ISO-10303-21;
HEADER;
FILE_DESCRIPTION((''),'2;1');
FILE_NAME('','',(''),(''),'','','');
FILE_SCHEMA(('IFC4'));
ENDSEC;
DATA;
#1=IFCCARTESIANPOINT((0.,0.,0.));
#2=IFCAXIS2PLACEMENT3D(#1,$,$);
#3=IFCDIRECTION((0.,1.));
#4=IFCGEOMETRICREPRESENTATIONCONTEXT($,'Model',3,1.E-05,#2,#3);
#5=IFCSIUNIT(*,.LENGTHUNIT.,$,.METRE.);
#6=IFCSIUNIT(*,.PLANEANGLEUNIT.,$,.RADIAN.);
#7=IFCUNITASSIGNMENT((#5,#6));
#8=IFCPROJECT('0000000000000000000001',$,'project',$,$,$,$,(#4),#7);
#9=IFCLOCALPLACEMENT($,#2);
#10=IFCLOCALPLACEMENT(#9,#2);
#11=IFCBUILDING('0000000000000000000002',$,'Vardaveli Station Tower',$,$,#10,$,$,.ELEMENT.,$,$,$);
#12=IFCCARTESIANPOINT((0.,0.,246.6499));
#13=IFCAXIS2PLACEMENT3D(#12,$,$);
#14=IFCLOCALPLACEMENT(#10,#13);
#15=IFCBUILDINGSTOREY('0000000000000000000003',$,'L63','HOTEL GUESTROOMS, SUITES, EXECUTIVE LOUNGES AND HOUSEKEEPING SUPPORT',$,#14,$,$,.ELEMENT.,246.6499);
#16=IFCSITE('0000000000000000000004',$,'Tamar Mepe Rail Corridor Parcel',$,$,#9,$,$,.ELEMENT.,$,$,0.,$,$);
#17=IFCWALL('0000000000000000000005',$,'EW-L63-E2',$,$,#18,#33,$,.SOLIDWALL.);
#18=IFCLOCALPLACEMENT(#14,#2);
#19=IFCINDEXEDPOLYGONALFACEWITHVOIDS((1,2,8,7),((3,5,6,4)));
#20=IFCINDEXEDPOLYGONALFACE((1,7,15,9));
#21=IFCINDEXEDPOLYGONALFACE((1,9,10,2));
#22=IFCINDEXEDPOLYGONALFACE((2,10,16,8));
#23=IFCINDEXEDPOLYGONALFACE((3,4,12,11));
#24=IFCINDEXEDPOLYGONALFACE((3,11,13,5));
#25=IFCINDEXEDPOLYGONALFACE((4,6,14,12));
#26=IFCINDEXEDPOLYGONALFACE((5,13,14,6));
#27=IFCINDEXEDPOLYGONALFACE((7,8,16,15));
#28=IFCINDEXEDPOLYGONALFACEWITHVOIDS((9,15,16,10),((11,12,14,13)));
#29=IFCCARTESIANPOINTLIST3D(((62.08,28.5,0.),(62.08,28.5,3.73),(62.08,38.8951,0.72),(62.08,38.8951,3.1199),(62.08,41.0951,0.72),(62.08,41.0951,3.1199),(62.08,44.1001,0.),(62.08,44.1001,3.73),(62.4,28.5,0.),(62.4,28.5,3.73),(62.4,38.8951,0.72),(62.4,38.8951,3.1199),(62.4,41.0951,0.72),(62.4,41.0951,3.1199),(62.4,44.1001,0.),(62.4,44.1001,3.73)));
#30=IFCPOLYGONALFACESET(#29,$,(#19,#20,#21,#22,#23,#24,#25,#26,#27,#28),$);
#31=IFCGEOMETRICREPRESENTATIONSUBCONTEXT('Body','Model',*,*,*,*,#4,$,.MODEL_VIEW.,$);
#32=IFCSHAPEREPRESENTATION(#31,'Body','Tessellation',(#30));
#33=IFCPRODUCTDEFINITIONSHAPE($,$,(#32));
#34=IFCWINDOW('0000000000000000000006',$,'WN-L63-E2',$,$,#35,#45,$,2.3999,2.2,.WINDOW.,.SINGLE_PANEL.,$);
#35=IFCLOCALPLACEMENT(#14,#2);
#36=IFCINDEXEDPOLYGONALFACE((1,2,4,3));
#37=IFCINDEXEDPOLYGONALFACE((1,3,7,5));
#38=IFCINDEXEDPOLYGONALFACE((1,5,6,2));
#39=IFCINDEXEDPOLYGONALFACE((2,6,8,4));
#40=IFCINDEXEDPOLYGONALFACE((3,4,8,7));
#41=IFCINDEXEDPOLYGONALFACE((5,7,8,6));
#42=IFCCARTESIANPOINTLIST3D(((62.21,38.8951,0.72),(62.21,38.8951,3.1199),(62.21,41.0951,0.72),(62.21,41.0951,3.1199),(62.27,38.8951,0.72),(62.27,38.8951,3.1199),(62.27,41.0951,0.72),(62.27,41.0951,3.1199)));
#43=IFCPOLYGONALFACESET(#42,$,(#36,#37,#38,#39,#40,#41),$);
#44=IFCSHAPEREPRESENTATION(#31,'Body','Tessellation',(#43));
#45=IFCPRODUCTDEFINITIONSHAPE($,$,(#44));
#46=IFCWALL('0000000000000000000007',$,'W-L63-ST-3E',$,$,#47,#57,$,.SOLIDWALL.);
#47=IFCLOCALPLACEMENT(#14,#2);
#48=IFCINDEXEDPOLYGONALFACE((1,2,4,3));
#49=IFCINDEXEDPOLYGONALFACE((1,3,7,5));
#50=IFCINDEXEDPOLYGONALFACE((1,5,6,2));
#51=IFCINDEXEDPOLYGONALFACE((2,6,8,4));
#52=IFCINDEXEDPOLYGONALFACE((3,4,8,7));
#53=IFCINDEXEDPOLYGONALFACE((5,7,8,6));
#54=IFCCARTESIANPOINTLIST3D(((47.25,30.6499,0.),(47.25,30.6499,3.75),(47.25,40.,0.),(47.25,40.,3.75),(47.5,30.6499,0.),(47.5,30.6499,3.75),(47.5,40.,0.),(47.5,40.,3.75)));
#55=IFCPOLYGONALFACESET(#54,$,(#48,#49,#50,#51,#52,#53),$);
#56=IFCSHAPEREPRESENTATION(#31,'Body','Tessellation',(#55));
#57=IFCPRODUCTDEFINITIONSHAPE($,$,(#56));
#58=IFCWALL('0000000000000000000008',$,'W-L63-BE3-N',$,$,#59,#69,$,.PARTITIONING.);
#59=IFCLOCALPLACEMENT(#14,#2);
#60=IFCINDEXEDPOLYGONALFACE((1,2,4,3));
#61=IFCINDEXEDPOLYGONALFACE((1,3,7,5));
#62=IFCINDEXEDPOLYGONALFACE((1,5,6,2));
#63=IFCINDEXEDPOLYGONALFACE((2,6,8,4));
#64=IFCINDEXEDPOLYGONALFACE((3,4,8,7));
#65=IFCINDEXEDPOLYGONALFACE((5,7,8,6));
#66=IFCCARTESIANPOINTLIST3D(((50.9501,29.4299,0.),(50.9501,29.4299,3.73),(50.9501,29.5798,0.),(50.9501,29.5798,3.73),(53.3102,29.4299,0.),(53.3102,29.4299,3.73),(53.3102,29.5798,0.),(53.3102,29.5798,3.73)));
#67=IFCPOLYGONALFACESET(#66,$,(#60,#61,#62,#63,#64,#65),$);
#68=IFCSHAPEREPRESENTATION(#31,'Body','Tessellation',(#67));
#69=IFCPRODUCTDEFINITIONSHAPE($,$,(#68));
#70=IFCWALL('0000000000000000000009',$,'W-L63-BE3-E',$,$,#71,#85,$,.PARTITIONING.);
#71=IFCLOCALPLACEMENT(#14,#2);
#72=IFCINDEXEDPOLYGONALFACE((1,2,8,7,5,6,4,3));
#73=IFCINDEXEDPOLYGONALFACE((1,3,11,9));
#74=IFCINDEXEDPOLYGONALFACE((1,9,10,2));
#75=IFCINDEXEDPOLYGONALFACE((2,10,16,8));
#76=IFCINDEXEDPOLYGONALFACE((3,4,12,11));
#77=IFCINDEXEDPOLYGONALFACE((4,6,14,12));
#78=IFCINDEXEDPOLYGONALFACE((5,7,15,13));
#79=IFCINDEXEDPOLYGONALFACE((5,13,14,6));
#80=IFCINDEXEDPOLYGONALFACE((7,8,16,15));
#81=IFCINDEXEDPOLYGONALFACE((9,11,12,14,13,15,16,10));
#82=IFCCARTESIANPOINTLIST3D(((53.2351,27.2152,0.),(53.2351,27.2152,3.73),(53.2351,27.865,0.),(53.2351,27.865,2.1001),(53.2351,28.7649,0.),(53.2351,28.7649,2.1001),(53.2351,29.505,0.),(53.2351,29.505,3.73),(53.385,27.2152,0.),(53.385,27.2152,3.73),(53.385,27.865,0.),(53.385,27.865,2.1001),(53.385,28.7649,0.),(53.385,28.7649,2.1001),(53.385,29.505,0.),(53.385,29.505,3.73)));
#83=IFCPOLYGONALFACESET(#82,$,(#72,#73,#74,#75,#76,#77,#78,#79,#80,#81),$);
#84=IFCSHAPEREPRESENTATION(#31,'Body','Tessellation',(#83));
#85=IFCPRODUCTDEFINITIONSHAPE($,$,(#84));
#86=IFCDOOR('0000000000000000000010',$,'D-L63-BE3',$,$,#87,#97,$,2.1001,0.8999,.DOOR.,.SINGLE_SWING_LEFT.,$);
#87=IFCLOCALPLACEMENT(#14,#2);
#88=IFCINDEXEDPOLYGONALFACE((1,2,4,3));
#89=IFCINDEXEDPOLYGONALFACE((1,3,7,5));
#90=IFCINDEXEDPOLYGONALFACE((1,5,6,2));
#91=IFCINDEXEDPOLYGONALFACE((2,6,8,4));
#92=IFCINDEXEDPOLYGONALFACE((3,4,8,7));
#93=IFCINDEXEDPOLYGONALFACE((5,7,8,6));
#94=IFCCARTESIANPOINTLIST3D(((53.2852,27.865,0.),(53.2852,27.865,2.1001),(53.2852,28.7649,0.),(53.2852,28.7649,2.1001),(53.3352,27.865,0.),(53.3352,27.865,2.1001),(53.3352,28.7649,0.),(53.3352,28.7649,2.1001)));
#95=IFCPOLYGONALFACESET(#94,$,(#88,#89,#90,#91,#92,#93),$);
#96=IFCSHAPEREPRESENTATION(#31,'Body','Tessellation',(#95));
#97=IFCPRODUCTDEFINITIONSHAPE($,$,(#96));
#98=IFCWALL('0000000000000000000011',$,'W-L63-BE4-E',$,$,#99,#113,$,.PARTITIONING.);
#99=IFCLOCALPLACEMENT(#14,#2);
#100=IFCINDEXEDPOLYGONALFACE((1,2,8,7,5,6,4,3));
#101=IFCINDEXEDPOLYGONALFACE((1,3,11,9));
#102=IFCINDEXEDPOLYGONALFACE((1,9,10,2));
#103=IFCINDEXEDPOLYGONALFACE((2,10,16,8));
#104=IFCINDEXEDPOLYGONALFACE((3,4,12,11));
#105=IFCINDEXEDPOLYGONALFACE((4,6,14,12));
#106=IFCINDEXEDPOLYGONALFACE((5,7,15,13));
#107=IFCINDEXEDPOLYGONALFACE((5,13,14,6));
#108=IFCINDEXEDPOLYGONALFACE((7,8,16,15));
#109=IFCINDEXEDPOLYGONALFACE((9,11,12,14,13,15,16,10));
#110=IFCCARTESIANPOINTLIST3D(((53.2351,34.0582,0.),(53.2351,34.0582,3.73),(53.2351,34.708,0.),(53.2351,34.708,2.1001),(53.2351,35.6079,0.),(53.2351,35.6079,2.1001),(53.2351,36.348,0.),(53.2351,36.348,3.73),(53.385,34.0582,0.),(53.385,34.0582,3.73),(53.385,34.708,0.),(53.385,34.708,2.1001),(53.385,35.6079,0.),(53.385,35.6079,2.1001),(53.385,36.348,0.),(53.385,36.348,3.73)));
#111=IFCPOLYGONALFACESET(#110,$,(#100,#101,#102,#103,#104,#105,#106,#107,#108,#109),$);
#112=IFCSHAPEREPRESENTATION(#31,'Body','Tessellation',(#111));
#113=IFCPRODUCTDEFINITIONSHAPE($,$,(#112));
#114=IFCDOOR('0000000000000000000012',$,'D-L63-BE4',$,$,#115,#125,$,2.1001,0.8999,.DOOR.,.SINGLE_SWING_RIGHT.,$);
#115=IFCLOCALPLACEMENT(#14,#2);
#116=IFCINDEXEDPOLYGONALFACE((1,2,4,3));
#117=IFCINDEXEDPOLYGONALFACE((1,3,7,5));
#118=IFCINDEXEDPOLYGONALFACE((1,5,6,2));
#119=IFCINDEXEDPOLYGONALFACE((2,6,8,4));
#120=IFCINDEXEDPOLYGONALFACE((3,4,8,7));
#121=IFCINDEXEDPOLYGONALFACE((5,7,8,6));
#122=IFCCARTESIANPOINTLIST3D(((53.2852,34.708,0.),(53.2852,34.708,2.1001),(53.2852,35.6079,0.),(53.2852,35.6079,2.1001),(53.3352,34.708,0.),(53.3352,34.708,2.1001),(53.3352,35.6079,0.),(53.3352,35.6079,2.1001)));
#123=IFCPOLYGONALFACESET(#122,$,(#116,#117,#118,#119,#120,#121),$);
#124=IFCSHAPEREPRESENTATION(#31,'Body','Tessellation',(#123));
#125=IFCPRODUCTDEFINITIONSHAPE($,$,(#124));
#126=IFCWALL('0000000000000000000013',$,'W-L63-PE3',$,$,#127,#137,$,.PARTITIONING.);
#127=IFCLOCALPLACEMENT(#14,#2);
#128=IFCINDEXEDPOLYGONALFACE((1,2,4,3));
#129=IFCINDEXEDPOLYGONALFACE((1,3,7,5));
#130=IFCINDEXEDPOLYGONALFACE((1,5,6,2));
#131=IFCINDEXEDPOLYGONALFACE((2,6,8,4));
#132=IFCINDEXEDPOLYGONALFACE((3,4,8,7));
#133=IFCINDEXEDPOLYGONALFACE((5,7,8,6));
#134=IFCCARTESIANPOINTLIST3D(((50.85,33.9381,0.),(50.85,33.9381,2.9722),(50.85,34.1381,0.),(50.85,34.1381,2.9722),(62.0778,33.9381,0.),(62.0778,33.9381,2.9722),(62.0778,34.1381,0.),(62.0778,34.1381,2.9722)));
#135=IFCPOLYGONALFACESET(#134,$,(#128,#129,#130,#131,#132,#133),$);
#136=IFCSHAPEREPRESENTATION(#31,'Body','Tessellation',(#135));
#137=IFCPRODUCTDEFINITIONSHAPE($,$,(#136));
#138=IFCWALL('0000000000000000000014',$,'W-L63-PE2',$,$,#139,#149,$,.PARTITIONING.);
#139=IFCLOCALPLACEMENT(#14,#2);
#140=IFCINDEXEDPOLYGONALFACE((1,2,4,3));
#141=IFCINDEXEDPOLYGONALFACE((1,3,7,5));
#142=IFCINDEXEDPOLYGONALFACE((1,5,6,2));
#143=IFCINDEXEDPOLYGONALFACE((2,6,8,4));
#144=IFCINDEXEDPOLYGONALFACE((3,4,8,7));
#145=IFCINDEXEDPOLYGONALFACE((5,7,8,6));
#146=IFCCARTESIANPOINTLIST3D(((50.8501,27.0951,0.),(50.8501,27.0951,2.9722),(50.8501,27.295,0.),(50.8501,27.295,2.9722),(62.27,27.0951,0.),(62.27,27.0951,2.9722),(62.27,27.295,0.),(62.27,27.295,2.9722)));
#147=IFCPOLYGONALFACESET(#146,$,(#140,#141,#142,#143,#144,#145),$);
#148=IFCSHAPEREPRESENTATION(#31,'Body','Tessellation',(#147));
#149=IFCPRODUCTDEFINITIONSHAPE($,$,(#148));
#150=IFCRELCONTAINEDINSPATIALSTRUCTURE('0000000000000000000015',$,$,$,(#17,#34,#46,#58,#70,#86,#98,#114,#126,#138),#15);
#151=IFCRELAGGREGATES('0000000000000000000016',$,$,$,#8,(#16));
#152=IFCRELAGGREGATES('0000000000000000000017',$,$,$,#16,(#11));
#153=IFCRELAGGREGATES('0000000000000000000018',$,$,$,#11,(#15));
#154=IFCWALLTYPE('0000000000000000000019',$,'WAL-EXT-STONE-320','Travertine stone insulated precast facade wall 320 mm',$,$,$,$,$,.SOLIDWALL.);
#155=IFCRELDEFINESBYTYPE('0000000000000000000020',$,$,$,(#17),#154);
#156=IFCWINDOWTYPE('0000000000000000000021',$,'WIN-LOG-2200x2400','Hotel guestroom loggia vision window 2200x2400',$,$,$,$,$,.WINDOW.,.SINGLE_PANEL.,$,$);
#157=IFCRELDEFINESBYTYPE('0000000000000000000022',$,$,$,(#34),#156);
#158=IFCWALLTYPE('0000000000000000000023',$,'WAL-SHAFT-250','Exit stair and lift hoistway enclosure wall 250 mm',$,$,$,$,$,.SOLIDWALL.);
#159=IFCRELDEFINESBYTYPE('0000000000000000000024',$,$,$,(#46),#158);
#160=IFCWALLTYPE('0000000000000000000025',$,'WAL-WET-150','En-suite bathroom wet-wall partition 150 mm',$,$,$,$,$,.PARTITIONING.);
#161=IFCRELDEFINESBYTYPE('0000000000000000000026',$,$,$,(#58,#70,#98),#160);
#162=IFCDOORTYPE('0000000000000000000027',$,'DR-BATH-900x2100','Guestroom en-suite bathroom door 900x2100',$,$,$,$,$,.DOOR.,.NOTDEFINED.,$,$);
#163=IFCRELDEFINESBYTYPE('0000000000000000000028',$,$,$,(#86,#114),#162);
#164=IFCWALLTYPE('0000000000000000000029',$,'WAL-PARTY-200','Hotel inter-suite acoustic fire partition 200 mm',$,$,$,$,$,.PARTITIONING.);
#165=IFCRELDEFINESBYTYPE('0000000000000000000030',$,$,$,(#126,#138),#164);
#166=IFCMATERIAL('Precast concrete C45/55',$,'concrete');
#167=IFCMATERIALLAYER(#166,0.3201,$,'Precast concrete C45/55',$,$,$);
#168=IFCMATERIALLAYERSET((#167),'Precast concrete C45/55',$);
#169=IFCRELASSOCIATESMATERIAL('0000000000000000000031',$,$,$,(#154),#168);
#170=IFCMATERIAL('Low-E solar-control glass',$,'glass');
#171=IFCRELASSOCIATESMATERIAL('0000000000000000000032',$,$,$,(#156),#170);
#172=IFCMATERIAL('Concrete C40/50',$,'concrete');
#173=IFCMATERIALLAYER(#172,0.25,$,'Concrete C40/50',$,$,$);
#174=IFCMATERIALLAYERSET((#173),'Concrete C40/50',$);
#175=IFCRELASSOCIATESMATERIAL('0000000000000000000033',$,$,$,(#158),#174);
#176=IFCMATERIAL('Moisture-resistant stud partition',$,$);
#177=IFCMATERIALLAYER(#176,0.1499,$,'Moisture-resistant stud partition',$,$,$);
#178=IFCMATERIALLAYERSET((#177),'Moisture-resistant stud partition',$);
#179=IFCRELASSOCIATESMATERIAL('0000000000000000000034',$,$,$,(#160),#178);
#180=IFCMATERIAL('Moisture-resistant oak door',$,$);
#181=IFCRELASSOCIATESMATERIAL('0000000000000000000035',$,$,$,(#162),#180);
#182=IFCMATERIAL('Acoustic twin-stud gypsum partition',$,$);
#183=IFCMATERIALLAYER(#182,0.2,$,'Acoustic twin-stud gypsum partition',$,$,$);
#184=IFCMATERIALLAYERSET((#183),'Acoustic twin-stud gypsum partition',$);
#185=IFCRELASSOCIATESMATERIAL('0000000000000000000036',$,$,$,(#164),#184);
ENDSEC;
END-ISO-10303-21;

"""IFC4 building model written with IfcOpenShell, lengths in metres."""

from ifc_helpers import new_model, si_unit, direction, frame, frame_2d, origin, place, context, subcontext, project, spatial, rectangle, extrude, source, transform, mapped, material, layer, layer_set, type_object, element, fill, save


model = new_model("IFC4")

# Units and contexts
model_context = context("Model", 3, precision=1e-05, world=origin(), true_north=direction((0.0, 1.0)))
body_context = subcontext(model_context, "Body", "Model", "MODEL_VIEW")
ifc_project = project(units=[si_unit("LENGTHUNIT", "METRE"), si_unit("PLANEANGLEUNIT", "RADIAN")], contexts=[model_context])

# Site, building, storey
site_placement = place(None, origin())
site = spatial("IfcSite", under=ifc_project, at=site_placement, Name="Tamar Mepe Rail Corridor Parcel", CompositionType="ELEMENT", RefElevation=0.0)
building_placement = place(site_placement, origin())
building = spatial("IfcBuilding", under=site, at=building_placement, Name="Vardaveli Station Tower", CompositionType="ELEMENT")
storey_placement = place(building_placement, frame((0.0, 0.0, 246.6499)))
storey = spatial("IfcBuildingStorey", under=building, at=storey_placement, Name="L63", Description="HOTEL GUESTROOMS, SUITES, EXECUTIVE LOUNGES AND HOUSEKEEPING SUPPORT", CompositionType="ELEMENT", Elevation=246.6499)

# Shared definitions
ifc_material_1 = material(Name="Precast concrete C45/55", Category="concrete")

# Wall, opening, window
ifc_layer_1 = layer(ifc_material_1, 0.3201, Name="Precast concrete C45/55")
ifc_layer_set_1 = layer_set([ifc_layer_1], Name="Precast concrete C45/55")
wall_type_1 = type_object("IfcWallType", Name="WAL-EXT-STONE-320", Description="Travertine stone insulated precast facade wall 320 mm", PredefinedType="SOLIDWALL", material=ifc_layer_set_1)
shared_shape_1 = source(origin(), body_context, "Body", "SweptSolid", [
    extrude(rectangle(XDim=15.6001, YDim=0.3201, at=frame_2d((7.8, 0.0))), origin(), (0.0, 0.0, 1.0), 3.73),
])
wall_1_placement = place(storey_placement, frame((62.24, 28.5, 0.0), z_axis=(0.0, 0.0, 1.0), x_axis=(0.0, 1.0, 0.0)))
wall_1 = element("IfcWall", 1, at=wall_1_placement, inside=storey, type_object=wall_type_1, Name="EW-L63-E2", PredefinedType="SOLIDWALL", context=body_context, shape_type="MappedRepresentation", body=[
    mapped(shared_shape_1, transform((0.0, 0.0, 0.0), scale=1.0)),
])
shared_shape_2 = source(origin(), body_context, "Body", "SweptSolid", [
    extrude(rectangle(XDim=2.2, YDim=2.3999, at=frame_2d((1.1001, 1.2))), frame((0.0, 0.1699, 0.0), z_axis=(0.0, -1.0, 0.0), x_axis=(1.0, 0.0, 0.0)), (0.0, 0.0, 1.0), 0.3401),
])
opening_1_placement = place(wall_1_placement, frame((10.395, 0.0, 0.72)))
opening_1 = element("IfcOpeningElement", 2, at=opening_1_placement, cuts=wall_1, PredefinedType="OPENING", context=body_context, shape_type="MappedRepresentation", body=[
    mapped(shared_shape_2, transform((0.0, 0.0, 0.0), scale=1.0)),
])
ifc_material_2 = material(Name="Low-E solar-control glass", Category="glass")
window_type = type_object("IfcWindowType", Name="WIN-LOG-2200x2400", Description="Hotel guestroom loggia vision window 2200x2400", PartitioningType="SINGLE_PANEL", PredefinedType="WINDOW", material=ifc_material_2)
shared_shape_3 = source(origin(), body_context, "Body", "SweptSolid", [
    extrude(rectangle(XDim=2.2, YDim=2.3999, at=frame_2d((1.1001, 1.2))), frame((0.0, 0.03, 0.0), z_axis=(0.0, -1.0, 0.0), x_axis=(1.0, 0.0, 0.0)), (0.0, 0.0, 1.0), 0.0601),
])
window_placement = place(opening_1_placement, origin())
window = element("IfcWindow", 3, at=window_placement, inside=storey, type_object=window_type, Name="WN-L63-E2", OverallHeight=2.3999, OverallWidth=2.2, PartitioningType="SINGLE_PANEL", PredefinedType="WINDOW", context=body_context, shape_type="MappedRepresentation", body=[
    mapped(shared_shape_3, transform((0.0, 0.0, 0.0), scale=1.0)),
])
fill(opening_1, window)

# Walls
ifc_material_3 = material(Name="Concrete C40/50", Category="concrete")
ifc_layer_2 = layer(ifc_material_3, 0.25, Name="Concrete C40/50")
ifc_layer_set_2 = layer_set([ifc_layer_2], Name="Concrete C40/50")
wall_type_2 = type_object("IfcWallType", Name="WAL-SHAFT-250", Description="Exit stair and lift hoistway enclosure wall 250 mm", PredefinedType="SOLIDWALL", material=ifc_layer_set_2)
shared_shape_4 = source(origin(), body_context, "Body", "SweptSolid", [
    extrude(rectangle(XDim=9.3501, YDim=0.25, at=frame_2d((4.675, 0.0))), origin(), (0.0, 0.0, 1.0), 3.75),
])
wall_2_placement = place(storey_placement, frame((47.375, 30.6499, 0.0), z_axis=(0.0, 0.0, 1.0), x_axis=(0.0, 1.0, 0.0)))
element("IfcWall", 4, at=wall_2_placement, inside=storey, type_object=wall_type_2, Name="W-L63-ST-3E", PredefinedType="SOLIDWALL", context=body_context, shape_type="MappedRepresentation", body=[
    mapped(shared_shape_4, transform((0.0, 0.0, 0.0), scale=1.0)),
])
ifc_material_4 = material(Name="Moisture-resistant stud partition")
ifc_layer_3 = layer(ifc_material_4, 0.1499, Name="Moisture-resistant stud partition")
ifc_layer_set_3 = layer_set([ifc_layer_3], Name="Moisture-resistant stud partition")
wall_type_3 = type_object("IfcWallType", Name="WAL-WET-150", Description="En-suite bathroom wet-wall partition 150 mm", PredefinedType="PARTITIONING", material=ifc_layer_set_3)
shared_shape_5 = source(origin(), body_context, "Body", "SweptSolid", [
    extrude(rectangle(XDim=2.3601, YDim=0.1499, at=frame_2d((1.1802, 0.0))), origin(), (0.0, 0.0, 1.0), 3.73),
])
wall_3_placement = place(storey_placement, frame((50.95, 29.5049, 0.0), z_axis=(0.0, 0.0, 1.0), x_axis=(1.0, 0.0, 0.0)))
element("IfcWall", 5, at=wall_3_placement, inside=storey, type_object=wall_type_3, Name="W-L63-BE3-N", PredefinedType="PARTITIONING", context=body_context, shape_type="MappedRepresentation", body=[
    mapped(shared_shape_5, transform((0.0, 0.0, 0.0), scale=1.0)),
])

# Walls, openings, doors
shared_shape_6 = source(origin(), body_context, "Body", "SweptSolid", [
    extrude(rectangle(XDim=2.2898, YDim=0.1499, at=frame_2d((1.145, 0.0))), origin(), (0.0, 0.0, 1.0), 3.73),
])
wall_4_placement = place(storey_placement, frame((53.3101, 27.2151, 0.0), z_axis=(0.0, 0.0, 1.0), x_axis=(0.0, 1.0, 0.0)))
wall_4 = element("IfcWall", 6, at=wall_4_placement, inside=storey, type_object=wall_type_3, Name="W-L63-BE3-E", PredefinedType="PARTITIONING", context=body_context, shape_type="MappedRepresentation", body=[
    mapped(shared_shape_6, transform((0.0, 0.0, 0.0), scale=1.0)),
])
shared_shape_7 = source(origin(), body_context, "Body", "SweptSolid", [
    extrude(rectangle(XDim=0.8999, YDim=2.1001, at=frame_2d((0.45, 1.05))), frame((0.0, 0.085, 0.0), z_axis=(0.0, -1.0, 0.0), x_axis=(1.0, 0.0, 0.0)), (0.0, 0.0, 1.0), 0.1699),
])
opening_2_placement = place(wall_4_placement, frame((0.6499, 0.0, 0.0)))
opening_2 = element("IfcOpeningElement", 7, at=opening_2_placement, cuts=wall_4, PredefinedType="OPENING", context=body_context, shape_type="MappedRepresentation", body=[
    mapped(shared_shape_7, transform((0.0, 0.0, 0.0), scale=1.0)),
])
ifc_material_5 = material(Name="Moisture-resistant oak door")
door_type = type_object("IfcDoorType", Name="DR-BATH-900x2100", Description="Guestroom en-suite bathroom door 900x2100", OperationType="NOTDEFINED", PredefinedType="DOOR", material=ifc_material_5)
shared_shape_8 = source(origin(), body_context, "Body", "SweptSolid", [
    extrude(rectangle(XDim=0.8999, YDim=2.1001, at=frame_2d((0.45, 1.05))), frame((0.0, 0.0249, 0.0), z_axis=(0.0, -1.0, 0.0), x_axis=(1.0, 0.0, 0.0)), (0.0, 0.0, 1.0), 0.05),
])
door_1_placement = place(opening_2_placement, origin())
door_1 = element("IfcDoor", 8, at=door_1_placement, inside=storey, type_object=door_type, Name="D-L63-BE3", OperationType="SINGLE_SWING_LEFT", OverallHeight=2.1001, OverallWidth=0.8999, PredefinedType="DOOR", context=body_context, shape_type="MappedRepresentation", body=[
    mapped(shared_shape_8, transform((0.0, 0.0, 0.0), scale=1.0)),
])
fill(opening_2, door_1)
wall_5_placement = place(storey_placement, frame((53.3101, 34.0581, 0.0), z_axis=(0.0, 0.0, 1.0), x_axis=(0.0, 1.0, 0.0)))
wall_5 = element("IfcWall", 9, at=wall_5_placement, inside=storey, type_object=wall_type_3, Name="W-L63-BE4-E", PredefinedType="PARTITIONING", context=body_context, shape_type="MappedRepresentation", body=[
    mapped(shared_shape_6, transform((0.0, 0.0, 0.0), scale=1.0)),
])
opening_3_placement = place(wall_5_placement, frame((0.6499, 0.0, 0.0)))
opening_3 = element("IfcOpeningElement", 10, at=opening_3_placement, cuts=wall_5, PredefinedType="OPENING", context=body_context, shape_type="MappedRepresentation", body=[
    mapped(shared_shape_7, transform((0.0, 0.0, 0.0), scale=1.0)),
])
door_2_placement = place(opening_3_placement, origin())
door_2 = element("IfcDoor", 11, at=door_2_placement, inside=storey, type_object=door_type, Name="D-L63-BE4", OperationType="SINGLE_SWING_RIGHT", OverallHeight=2.1001, OverallWidth=0.8999, PredefinedType="DOOR", context=body_context, shape_type="MappedRepresentation", body=[
    mapped(shared_shape_8, transform((0.0, 0.0, 0.0), scale=1.0)),
])
fill(opening_3, door_2)

# Walls
ifc_material_6 = material(Name="Acoustic twin-stud gypsum partition")
ifc_layer_4 = layer(ifc_material_6, 0.2, Name="Acoustic twin-stud gypsum partition")
ifc_layer_set_4 = layer_set([ifc_layer_4], Name="Acoustic twin-stud gypsum partition")
wall_type_4 = type_object("IfcWallType", Name="WAL-PARTY-200", Description="Hotel inter-suite acoustic fire partition 200 mm", PredefinedType="PARTITIONING", material=ifc_layer_set_4)
shared_shape_9 = source(origin(), body_context, "Body", "SweptSolid", [
    extrude(rectangle(XDim=11.2278, YDim=0.2, at=frame_2d((5.6138, 0.0))), origin(), (0.0, 0.0, 1.0), 2.9722),
])
wall_6_placement = place(storey_placement, frame((50.8501, 34.0381, 0.0), z_axis=(0.0, 0.0, 1.0), x_axis=(1.0, 0.0, 0.0)))
element("IfcWall", 12, at=wall_6_placement, inside=storey, type_object=wall_type_4, Name="W-L63-PE3", PredefinedType="PARTITIONING", context=body_context, shape_type="MappedRepresentation", body=[
    mapped(shared_shape_9, transform((0.0, 0.0, 0.0), scale=1.0)),
])
shared_shape_10 = source(origin(), body_context, "Body", "SweptSolid", [
    extrude(rectangle(XDim=11.4199, YDim=0.2, at=frame_2d((5.71, 0.0))), origin(), (0.0, 0.0, 1.0), 2.9722),
])
wall_7_placement = place(storey_placement, frame((50.8501, 27.1951, 0.0), z_axis=(0.0, 0.0, 1.0), x_axis=(1.0, 0.0, 0.0)))
element("IfcWall", 13, at=wall_7_placement, inside=storey, type_object=wall_type_4, Name="W-L63-PE2", PredefinedType="PARTITIONING", context=body_context, shape_type="MappedRepresentation", body=[
    mapped(shared_shape_10, transform((0.0, 0.0, 0.0), scale=1.0)),
])

save(model, "model.ifc")
